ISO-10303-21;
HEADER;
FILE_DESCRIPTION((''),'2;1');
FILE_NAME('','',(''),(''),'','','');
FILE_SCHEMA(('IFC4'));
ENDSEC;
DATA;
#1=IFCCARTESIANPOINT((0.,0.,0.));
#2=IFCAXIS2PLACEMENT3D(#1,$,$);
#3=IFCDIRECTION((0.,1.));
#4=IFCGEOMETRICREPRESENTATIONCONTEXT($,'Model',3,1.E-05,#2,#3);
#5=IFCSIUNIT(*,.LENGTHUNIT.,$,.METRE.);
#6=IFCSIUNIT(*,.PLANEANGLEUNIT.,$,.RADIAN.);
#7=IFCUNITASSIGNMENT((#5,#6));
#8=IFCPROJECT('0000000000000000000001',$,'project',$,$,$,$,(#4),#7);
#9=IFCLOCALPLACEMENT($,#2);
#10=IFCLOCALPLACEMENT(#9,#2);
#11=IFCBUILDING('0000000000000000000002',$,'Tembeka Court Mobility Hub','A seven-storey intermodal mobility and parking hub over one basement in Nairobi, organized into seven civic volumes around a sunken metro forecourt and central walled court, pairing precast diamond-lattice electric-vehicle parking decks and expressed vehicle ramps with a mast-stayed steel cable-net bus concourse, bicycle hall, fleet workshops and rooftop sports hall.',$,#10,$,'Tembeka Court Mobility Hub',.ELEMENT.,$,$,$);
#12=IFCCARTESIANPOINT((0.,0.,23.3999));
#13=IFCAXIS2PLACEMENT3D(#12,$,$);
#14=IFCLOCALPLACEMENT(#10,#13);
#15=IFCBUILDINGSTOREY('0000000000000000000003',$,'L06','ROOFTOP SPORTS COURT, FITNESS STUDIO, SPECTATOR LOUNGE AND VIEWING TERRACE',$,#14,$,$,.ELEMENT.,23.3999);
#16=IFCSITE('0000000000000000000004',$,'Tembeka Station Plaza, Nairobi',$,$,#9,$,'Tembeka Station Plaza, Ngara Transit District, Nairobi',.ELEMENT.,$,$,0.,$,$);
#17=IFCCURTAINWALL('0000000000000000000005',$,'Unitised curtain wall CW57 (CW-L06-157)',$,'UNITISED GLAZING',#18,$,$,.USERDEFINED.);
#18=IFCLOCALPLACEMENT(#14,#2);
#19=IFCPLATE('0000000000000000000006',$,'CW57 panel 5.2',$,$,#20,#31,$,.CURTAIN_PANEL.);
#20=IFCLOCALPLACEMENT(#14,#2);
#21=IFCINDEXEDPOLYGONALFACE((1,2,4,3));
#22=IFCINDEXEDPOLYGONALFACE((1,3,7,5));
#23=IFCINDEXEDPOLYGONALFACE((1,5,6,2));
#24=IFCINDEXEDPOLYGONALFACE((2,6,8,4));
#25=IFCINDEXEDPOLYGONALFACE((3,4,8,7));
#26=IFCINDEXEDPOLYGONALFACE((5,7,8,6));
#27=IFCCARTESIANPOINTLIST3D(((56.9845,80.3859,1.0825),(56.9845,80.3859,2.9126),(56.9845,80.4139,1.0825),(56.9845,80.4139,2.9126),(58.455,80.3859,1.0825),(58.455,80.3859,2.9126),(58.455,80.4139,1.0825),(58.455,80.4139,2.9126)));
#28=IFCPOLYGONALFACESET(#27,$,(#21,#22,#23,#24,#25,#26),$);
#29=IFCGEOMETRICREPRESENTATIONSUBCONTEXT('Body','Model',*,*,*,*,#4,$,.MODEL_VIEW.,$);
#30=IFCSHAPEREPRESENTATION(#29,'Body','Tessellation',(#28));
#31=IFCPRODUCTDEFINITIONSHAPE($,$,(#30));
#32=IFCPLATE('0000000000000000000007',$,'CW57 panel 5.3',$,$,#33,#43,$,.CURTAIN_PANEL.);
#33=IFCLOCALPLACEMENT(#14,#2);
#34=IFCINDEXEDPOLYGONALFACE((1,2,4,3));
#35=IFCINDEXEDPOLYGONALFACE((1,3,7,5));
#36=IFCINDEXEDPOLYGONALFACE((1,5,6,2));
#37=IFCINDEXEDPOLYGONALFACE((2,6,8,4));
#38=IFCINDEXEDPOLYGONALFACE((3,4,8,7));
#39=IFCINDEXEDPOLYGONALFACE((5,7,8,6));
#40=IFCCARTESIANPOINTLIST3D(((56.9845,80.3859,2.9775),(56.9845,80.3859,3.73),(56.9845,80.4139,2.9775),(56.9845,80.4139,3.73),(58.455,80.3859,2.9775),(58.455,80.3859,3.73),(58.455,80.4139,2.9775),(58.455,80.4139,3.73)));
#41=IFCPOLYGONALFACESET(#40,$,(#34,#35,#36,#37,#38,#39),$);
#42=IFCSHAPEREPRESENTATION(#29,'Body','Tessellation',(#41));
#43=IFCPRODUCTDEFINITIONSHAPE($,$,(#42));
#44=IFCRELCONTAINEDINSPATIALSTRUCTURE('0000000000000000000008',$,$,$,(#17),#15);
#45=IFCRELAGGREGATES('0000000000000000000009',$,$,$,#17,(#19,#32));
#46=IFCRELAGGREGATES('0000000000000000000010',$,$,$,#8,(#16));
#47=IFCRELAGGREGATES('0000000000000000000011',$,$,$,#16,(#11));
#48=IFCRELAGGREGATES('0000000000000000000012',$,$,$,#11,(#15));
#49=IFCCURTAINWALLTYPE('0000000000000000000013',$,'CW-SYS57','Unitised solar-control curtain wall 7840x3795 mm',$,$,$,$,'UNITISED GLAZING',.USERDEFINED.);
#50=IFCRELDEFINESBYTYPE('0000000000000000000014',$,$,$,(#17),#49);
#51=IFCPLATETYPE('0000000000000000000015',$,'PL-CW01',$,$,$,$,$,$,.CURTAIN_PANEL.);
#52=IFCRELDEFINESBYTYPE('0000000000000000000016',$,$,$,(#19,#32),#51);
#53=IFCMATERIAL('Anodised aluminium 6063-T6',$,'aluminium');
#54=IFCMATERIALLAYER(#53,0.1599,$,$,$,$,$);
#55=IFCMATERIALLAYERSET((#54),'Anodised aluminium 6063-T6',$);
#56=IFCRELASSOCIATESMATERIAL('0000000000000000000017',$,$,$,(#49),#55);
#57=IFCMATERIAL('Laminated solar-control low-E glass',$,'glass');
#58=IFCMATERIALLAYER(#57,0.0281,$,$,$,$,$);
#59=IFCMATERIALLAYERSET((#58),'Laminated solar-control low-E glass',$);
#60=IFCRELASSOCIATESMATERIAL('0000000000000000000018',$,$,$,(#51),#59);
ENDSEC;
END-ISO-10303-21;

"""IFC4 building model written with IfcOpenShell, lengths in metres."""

from ifc_helpers import new_model, si_unit, direction, frame, origin, origin_2d, place, context, subcontext, project, spatial, rectangle, extrude, material, layer, layer_set, type_object, element, aggregate, save


model = new_model("IFC4")

# Units and contexts
model_context = context("Model", 3, precision=1e-05, world=origin(), true_north=direction((0.0, 1.0)))
body_context = subcontext(model_context, "Body", "Model", "MODEL_VIEW")
ifc_project = project(units=[si_unit("LENGTHUNIT", "METRE"), si_unit("PLANEANGLEUNIT", "RADIAN")], contexts=[model_context])

# Site, building, storey
site_placement = place(None, origin())
site = spatial("IfcSite", under=ifc_project, at=site_placement, Name="Tembeka Station Plaza, Nairobi", LongName="Tembeka Station Plaza, Ngara Transit District, Nairobi", CompositionType="ELEMENT", RefElevation=0.0)
building_placement = place(site_placement, origin())
building = spatial("IfcBuilding", under=site, at=building_placement, Name="Tembeka Court Mobility Hub", Description="A seven-storey intermodal mobility and parking hub over one basement in Nairobi, organized into seven civic volumes around a sunken metro forecourt and central walled court, pairing precast diamond-lattice electric-vehicle parking decks and expressed vehicle ramps with a mast-stayed steel cable-net bus concourse, bicycle hall, fleet workshops and rooftop sports hall.", LongName="Tembeka Court Mobility Hub", CompositionType="ELEMENT")
storey_placement = place(building_placement, frame((0.0, 0.0, 23.3999)))
storey = spatial("IfcBuildingStorey", under=building, at=storey_placement, Name="L06", Description="ROOFTOP SPORTS COURT, FITNESS STUDIO, SPECTATOR LOUNGE AND VIEWING TERRACE", CompositionType="ELEMENT", Elevation=23.3999)

# Curtain wall
ifc_material_1 = material(Name="Anodised aluminium 6063-T6", Category="aluminium")
ifc_layer_1 = layer(ifc_material_1, 0.1599)
ifc_layer_set_1 = layer_set([ifc_layer_1], Name="Anodised aluminium 6063-T6")
curtain_wall_type = type_object("IfcCurtainWallType", Name="CW-SYS57", Description="Unitised solar-control curtain wall 7840x3795 mm", ElementType="UNITISED GLAZING", PredefinedType="USERDEFINED", material=ifc_layer_set_1)
curtain_wall_1_placement = place(storey_placement, origin())
curtain_wall_1 = element("IfcCurtainWall", 1, at=curtain_wall_1_placement, inside=storey, type_object=curtain_wall_type, Name="Unitised curtain wall CW57 (CW-L06-157)", ObjectType="UNITISED GLAZING", PredefinedType="USERDEFINED")

# Plates
ifc_material_2 = material(Name="Laminated solar-control low-E glass", Category="glass")
ifc_layer_2 = layer(ifc_material_2, 0.0281)
ifc_layer_set_2 = layer_set([ifc_layer_2], Name="Laminated solar-control low-E glass")
plate_type = type_object("IfcPlateType", Name="PL-CW01", PredefinedType="CURTAIN_PANEL", material=ifc_layer_set_2)
plate_1_placement = place(storey_placement, frame((57.7197, 80.3999, 1.0825), z_axis=(0.0, 0.0, 1.0), x_axis=(1.0, 0.0, 0.0)))
plate_1 = element("IfcPlate", 2, at=plate_1_placement, type_object=plate_type, Name="CW57 panel 5.2", PredefinedType="CURTAIN_PANEL", context=body_context, shape_type="SweptSolid", body=[
    extrude(rectangle(XDim=1.4705, YDim=0.0281, at=origin_2d()), origin(), (0.0, 0.0, 1.0), 1.8301),
])
plate_2_placement = place(storey_placement, frame((57.7197, 80.3999, 2.9775), z_axis=(0.0, 0.0, 1.0), x_axis=(1.0, 0.0, 0.0)))
plate_2 = element("IfcPlate", 3, at=plate_2_placement, type_object=plate_type, Name="CW57 panel 5.3", PredefinedType="CURTAIN_PANEL", context=body_context, shape_type="SweptSolid", body=[
    extrude(rectangle(XDim=1.4705, YDim=0.0281, at=origin_2d()), origin(), (0.0, 0.0, 1.0), 0.7524),
])
aggregate(curtain_wall_1, [plate_1, plate_2])

save(model, "model.ifc")
